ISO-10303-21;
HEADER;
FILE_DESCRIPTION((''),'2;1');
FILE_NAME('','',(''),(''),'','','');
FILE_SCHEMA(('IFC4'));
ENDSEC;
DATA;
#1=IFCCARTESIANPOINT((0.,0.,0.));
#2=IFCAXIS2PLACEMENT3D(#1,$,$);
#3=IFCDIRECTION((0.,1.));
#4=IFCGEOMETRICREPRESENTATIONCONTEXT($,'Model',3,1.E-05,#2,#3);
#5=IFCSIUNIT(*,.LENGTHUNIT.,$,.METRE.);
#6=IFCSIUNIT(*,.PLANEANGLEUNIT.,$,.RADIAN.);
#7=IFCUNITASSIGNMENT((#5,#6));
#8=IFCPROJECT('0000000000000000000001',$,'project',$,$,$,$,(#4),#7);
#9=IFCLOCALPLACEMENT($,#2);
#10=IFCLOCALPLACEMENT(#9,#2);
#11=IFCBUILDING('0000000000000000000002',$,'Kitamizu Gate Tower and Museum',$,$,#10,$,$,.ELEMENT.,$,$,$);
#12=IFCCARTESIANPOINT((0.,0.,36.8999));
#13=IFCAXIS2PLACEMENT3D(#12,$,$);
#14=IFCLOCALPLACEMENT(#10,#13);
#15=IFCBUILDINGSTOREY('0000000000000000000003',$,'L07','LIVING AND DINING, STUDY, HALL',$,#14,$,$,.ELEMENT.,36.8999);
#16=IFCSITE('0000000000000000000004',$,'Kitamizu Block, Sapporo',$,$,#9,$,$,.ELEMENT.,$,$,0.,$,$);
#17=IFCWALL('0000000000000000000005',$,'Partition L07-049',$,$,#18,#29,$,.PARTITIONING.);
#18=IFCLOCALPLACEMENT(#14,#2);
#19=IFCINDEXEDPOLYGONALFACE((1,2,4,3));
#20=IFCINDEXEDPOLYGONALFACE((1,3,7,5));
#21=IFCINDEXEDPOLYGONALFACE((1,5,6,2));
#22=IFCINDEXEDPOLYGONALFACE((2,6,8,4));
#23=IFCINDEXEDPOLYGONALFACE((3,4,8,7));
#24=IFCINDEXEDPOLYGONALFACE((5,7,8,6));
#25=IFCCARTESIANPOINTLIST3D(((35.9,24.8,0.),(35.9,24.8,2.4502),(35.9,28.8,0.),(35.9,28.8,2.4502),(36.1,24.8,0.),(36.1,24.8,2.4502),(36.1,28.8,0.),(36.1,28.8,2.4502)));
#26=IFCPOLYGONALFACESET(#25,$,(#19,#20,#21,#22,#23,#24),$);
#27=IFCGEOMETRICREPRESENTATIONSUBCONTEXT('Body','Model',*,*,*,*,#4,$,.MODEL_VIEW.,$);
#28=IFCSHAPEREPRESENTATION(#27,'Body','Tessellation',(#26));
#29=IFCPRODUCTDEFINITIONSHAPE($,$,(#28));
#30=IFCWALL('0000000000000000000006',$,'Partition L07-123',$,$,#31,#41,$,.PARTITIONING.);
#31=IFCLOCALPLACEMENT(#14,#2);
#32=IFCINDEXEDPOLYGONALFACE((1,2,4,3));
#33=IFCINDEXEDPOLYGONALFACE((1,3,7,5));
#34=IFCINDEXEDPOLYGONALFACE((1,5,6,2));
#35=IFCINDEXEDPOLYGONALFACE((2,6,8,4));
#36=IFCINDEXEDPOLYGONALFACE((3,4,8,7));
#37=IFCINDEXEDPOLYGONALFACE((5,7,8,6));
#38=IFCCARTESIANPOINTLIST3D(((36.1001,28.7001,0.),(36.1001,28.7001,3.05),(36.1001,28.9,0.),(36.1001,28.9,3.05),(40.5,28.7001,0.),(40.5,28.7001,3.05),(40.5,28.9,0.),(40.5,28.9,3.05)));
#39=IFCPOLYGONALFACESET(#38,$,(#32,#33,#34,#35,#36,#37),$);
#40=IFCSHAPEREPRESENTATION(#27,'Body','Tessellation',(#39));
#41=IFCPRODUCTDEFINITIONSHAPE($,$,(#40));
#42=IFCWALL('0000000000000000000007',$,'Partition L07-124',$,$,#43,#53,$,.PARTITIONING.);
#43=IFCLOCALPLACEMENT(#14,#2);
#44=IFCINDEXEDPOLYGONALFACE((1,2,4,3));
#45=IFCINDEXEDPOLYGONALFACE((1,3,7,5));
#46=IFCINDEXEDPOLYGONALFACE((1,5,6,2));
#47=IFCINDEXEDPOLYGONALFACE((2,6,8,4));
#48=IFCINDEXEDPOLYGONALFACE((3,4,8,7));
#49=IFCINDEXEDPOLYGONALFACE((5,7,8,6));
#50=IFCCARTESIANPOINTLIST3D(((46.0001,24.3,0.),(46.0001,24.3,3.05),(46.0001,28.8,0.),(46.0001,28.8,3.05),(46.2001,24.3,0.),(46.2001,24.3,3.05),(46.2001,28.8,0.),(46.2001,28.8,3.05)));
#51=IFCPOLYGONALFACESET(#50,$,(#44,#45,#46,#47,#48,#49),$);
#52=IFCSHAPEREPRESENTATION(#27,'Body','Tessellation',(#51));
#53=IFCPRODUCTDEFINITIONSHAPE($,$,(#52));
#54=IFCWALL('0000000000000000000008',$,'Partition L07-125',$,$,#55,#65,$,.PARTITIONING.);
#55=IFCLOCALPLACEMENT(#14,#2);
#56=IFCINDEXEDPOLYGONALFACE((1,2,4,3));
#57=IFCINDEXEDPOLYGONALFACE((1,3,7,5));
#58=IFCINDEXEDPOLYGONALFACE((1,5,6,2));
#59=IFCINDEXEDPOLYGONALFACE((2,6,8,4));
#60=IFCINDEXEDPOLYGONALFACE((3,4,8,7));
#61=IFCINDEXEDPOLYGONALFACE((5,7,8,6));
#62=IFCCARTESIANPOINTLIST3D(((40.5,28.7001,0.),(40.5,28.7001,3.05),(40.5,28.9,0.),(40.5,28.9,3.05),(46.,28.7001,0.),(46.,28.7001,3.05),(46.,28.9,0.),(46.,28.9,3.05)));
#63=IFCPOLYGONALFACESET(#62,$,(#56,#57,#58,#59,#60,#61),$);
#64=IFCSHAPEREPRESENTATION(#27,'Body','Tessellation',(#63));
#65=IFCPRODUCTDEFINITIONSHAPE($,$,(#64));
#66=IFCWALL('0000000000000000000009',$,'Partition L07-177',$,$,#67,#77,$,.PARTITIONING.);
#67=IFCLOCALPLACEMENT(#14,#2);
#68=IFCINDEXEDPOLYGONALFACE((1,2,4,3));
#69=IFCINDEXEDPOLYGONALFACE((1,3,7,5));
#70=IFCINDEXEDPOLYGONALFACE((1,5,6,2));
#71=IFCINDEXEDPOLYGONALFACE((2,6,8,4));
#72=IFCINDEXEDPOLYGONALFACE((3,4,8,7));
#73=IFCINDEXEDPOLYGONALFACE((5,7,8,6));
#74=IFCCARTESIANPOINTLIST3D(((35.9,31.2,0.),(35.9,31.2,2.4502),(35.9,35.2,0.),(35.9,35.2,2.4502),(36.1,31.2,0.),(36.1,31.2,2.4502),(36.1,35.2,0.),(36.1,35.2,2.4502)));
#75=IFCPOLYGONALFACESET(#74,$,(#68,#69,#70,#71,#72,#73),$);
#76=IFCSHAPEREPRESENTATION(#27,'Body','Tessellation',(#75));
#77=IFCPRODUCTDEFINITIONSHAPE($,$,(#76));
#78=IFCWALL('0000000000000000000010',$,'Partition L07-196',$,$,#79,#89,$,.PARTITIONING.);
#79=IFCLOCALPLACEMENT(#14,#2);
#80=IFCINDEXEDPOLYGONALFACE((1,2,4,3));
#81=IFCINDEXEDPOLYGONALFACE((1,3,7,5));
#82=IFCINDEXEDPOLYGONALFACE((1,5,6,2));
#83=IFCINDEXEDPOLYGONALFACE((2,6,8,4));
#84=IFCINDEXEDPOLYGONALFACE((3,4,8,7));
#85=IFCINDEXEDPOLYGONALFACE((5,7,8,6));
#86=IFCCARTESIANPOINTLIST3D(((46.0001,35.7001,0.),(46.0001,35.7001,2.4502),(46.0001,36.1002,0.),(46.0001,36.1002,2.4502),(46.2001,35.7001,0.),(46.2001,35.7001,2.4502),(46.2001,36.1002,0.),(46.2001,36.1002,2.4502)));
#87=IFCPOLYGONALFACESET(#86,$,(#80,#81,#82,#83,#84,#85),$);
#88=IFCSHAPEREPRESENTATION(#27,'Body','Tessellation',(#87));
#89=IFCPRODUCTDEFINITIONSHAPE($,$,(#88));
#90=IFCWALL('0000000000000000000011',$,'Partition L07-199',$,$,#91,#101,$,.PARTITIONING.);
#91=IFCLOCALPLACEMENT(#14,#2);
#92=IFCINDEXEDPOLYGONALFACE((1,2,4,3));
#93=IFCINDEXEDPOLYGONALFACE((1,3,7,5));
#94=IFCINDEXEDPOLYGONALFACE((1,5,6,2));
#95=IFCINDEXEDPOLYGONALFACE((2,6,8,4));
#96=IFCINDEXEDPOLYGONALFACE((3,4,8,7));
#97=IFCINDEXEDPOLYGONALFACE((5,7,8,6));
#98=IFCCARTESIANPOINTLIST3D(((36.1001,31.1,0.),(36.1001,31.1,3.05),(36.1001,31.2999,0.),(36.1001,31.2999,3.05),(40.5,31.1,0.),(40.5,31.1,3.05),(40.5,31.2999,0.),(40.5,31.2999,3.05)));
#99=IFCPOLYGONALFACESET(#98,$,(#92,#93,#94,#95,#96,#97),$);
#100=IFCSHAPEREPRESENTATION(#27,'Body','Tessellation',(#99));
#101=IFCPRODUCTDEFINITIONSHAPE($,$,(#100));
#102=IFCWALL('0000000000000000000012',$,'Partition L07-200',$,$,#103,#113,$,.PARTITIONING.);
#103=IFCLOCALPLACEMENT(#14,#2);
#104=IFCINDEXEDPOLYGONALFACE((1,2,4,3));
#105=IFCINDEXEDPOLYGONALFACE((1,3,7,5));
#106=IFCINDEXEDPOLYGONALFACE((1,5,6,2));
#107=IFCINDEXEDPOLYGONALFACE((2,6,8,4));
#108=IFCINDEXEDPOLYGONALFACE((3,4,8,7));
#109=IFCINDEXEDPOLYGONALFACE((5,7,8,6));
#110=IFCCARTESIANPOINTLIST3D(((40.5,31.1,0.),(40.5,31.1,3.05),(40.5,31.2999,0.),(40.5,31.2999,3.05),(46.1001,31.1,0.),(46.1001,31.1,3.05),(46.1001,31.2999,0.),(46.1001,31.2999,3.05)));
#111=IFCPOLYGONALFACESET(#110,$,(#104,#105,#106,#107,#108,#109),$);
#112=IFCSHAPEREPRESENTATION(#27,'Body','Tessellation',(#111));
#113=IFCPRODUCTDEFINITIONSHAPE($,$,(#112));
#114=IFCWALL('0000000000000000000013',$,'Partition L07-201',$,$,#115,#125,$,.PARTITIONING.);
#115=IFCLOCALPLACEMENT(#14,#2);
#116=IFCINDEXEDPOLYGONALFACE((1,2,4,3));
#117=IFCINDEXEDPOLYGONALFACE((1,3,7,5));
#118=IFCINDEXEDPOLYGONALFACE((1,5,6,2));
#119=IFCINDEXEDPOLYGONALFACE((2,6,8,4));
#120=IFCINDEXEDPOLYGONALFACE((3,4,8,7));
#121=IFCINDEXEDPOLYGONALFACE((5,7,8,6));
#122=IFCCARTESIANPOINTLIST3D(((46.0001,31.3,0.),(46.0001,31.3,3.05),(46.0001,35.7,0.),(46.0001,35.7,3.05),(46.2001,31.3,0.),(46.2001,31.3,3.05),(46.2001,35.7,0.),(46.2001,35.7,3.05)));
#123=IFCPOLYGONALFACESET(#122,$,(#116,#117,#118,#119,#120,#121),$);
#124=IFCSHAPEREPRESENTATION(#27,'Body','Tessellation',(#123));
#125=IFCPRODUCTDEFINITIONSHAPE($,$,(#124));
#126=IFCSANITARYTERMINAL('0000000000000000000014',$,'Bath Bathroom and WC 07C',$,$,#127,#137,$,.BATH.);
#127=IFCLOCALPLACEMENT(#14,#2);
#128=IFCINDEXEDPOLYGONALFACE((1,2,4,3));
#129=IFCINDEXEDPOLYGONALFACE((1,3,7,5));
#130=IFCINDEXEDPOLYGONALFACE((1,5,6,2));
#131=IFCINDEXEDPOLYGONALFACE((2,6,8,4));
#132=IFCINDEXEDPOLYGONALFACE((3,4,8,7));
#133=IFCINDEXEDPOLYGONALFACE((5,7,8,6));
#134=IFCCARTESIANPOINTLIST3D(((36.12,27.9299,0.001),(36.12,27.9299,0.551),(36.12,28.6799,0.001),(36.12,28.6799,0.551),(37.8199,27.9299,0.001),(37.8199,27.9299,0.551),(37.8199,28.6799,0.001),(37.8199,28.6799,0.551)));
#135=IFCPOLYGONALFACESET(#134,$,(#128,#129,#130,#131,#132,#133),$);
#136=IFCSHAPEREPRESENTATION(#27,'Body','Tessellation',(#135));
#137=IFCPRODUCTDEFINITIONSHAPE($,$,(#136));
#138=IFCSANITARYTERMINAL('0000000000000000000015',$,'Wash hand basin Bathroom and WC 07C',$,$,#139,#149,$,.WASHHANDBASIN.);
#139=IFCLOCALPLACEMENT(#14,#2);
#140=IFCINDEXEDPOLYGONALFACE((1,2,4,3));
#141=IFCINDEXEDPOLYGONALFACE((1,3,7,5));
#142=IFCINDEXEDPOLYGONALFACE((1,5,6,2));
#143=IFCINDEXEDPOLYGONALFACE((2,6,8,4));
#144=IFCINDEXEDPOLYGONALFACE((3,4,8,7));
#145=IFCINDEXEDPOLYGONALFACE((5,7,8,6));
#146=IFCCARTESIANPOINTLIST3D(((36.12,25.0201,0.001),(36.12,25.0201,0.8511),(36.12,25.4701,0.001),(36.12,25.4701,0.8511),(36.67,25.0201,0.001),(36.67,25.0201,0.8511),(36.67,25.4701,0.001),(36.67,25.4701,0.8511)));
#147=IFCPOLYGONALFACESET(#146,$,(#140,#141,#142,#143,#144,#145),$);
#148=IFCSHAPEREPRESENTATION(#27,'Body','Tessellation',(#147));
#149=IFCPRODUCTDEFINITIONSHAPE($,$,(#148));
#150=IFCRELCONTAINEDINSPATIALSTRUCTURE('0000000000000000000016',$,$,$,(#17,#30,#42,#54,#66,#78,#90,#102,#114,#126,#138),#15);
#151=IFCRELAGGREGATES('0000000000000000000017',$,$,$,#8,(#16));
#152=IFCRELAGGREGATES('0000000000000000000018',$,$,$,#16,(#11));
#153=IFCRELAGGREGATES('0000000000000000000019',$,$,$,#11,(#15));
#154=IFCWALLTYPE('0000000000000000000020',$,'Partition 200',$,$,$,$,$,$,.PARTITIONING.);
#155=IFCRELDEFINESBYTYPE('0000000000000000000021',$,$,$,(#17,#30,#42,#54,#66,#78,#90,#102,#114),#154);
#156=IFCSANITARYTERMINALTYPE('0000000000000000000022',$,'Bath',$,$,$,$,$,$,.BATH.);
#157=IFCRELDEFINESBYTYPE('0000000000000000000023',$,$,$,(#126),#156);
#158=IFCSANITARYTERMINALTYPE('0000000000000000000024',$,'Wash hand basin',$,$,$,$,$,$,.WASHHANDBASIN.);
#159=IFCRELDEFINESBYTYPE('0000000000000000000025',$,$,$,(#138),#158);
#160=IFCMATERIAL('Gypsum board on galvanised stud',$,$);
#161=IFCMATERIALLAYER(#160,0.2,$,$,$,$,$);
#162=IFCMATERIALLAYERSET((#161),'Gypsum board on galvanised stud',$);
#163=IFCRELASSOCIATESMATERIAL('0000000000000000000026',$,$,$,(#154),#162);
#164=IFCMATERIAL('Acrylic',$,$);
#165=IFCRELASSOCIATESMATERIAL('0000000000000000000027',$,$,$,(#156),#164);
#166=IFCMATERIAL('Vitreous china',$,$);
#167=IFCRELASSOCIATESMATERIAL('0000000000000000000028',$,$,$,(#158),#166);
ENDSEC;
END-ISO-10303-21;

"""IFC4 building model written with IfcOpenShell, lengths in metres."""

from ifc_helpers import new_model, si_unit, direction, frame, frame_2d, origin, origin_2d, place, context, subcontext, project, spatial, rectangle, extrude, material, layer, layer_set, type_object, element, save


model = new_model("IFC4")

# Units and contexts
model_context = context("Model", 3, precision=1e-05, world=origin(), true_north=direction((0.0, 1.0)))
body_context = subcontext(model_context, "Body", "Model", "MODEL_VIEW")
ifc_project = project(units=[si_unit("LENGTHUNIT", "METRE"), si_unit("PLANEANGLEUNIT", "RADIAN")], contexts=[model_context])

# Site, building, storey
site_placement = place(None, origin())
site = spatial("IfcSite", under=ifc_project, at=site_placement, Name="Kitamizu Block, Sapporo", CompositionType="ELEMENT", RefElevation=0.0)
building_placement = place(site_placement, origin())
building = spatial("IfcBuilding", under=site, at=building_placement, Name="Kitamizu Gate Tower and Museum", CompositionType="ELEMENT")
storey_placement = place(building_placement, frame((0.0, 0.0, 36.8999)))
storey = spatial("IfcBuildingStorey", under=building, at=storey_placement, Name="L07", Description="LIVING AND DINING, STUDY, HALL", CompositionType="ELEMENT", Elevation=36.8999)

# Walls
ifc_material_1 = material(Name="Gypsum board on galvanised stud")
ifc_layer_1 = layer(ifc_material_1, 0.2)
ifc_layer_set_1 = layer_set([ifc_layer_1], Name="Gypsum board on galvanised stud")
wall_type_1 = type_object("IfcWallType", Name="Partition 200", PredefinedType="PARTITIONING", material=ifc_layer_set_1)
wall_1_placement = place(storey_placement, frame((36.0, 24.8, 0.0), z_axis=(0.0, 0.0, 1.0), x_axis=(0.0, 1.0, 0.0)))
element("IfcWall", 1, at=wall_1_placement, inside=storey, type_object=wall_type_1, Name="Partition L07-049", PredefinedType="PARTITIONING", context=body_context, shape_type="SweptSolid", body=[
    extrude(rectangle(XDim=4.0, YDim=0.2, at=frame_2d((2.0, 0.0))), origin(), (0.0, 0.0, 1.0), 2.4502),
])
wall_2_placement = place(storey_placement, frame((40.5, 28.8, 0.0), z_axis=(0.0, 0.0, 1.0), x_axis=(-1.0, 0.0, 0.0)))
element("IfcWall", 2, at=wall_2_placement, inside=storey, type_object=wall_type_1, Name="Partition L07-123", PredefinedType="PARTITIONING", context=body_context, shape_type="SweptSolid", body=[
    extrude(rectangle(XDim=4.3999, YDim=0.2, at=frame_2d((2.2, 0.0))), origin(), (0.0, 0.0, 1.0), 3.05),
])
wall_3_placement = place(storey_placement, frame((46.1001, 24.3, 0.0), z_axis=(0.0, 0.0, 1.0), x_axis=(0.0, 1.0, 0.0)))
element("IfcWall", 3, at=wall_3_placement, inside=storey, type_object=wall_type_1, Name="Partition L07-124", PredefinedType="PARTITIONING", context=body_context, shape_type="SweptSolid", body=[
    extrude(rectangle(XDim=4.5, YDim=0.2, at=frame_2d((2.25, 0.0))), origin(), (0.0, 0.0, 1.0), 3.05),
])
wall_4_placement = place(storey_placement, frame((46.0, 28.8, 0.0), z_axis=(0.0, 0.0, 1.0), x_axis=(-1.0, 0.0, 0.0)))
element("IfcWall", 4, at=wall_4_placement, inside=storey, type_object=wall_type_1, Name="Partition L07-125", PredefinedType="PARTITIONING", context=body_context, shape_type="SweptSolid", body=[
    extrude(rectangle(XDim=5.5, YDim=0.2, at=frame_2d((2.75, 0.0))), origin(), (0.0, 0.0, 1.0), 3.05),
])
wall_5_placement = place(storey_placement, frame((36.0, 31.2, 0.0), z_axis=(0.0, 0.0, 1.0), x_axis=(0.0, 1.0, 0.0)))
element("IfcWall", 5, at=wall_5_placement, inside=storey, type_object=wall_type_1, Name="Partition L07-177", PredefinedType="PARTITIONING", context=body_context, shape_type="SweptSolid", body=[
    extrude(rectangle(XDim=4.0, YDim=0.2, at=frame_2d((2.0, 0.0))), origin(), (0.0, 0.0, 1.0), 2.4502),
])
wall_6_placement = place(storey_placement, frame((46.1001, 35.7, 0.0), z_axis=(0.0, 0.0, 1.0), x_axis=(0.0, 1.0, 0.0)))
element("IfcWall", 6, at=wall_6_placement, inside=storey, type_object=wall_type_1, Name="Partition L07-196", PredefinedType="PARTITIONING", context=body_context, shape_type="SweptSolid", body=[
    extrude(rectangle(XDim=0.4001, YDim=0.2, at=frame_2d((0.2002, 0.0))), origin(), (0.0, 0.0, 1.0), 2.4502),
])
wall_7_placement = place(storey_placement, frame((36.1001, 31.2, 0.0), z_axis=(0.0, 0.0, 1.0), x_axis=(1.0, 0.0, 0.0)))
element("IfcWall", 7, at=wall_7_placement, inside=storey, type_object=wall_type_1, Name="Partition L07-199", PredefinedType="PARTITIONING", context=body_context, shape_type="SweptSolid", body=[
    extrude(rectangle(XDim=4.3999, YDim=0.2, at=frame_2d((2.2, 0.0))), origin(), (0.0, 0.0, 1.0), 3.05),
])
wall_8_placement = place(storey_placement, frame((40.5, 31.2, 0.0), z_axis=(0.0, 0.0, 1.0), x_axis=(1.0, 0.0, 0.0)))
element("IfcWall", 8, at=wall_8_placement, inside=storey, type_object=wall_type_1, Name="Partition L07-200", PredefinedType="PARTITIONING", context=body_context, shape_type="SweptSolid", body=[
    extrude(rectangle(XDim=5.6001, YDim=0.2, at=frame_2d((2.8, 0.0))), origin(), (0.0, 0.0, 1.0), 3.05),
])
wall_9_placement = place(storey_placement, frame((46.1001, 31.3, 0.0), z_axis=(0.0, 0.0, 1.0), x_axis=(0.0, 1.0, 0.0)))
element("IfcWall", 9, at=wall_9_placement, inside=storey, type_object=wall_type_1, Name="Partition L07-201", PredefinedType="PARTITIONING", context=body_context, shape_type="SweptSolid", body=[
    extrude(rectangle(XDim=4.3999, YDim=0.2, at=frame_2d((2.2, 0.0))), origin(), (0.0, 0.0, 1.0), 3.05),
])

# Sanitary terminals
ifc_material_2 = material(Name="Acrylic")
sanitary_terminal_type_1 = type_object("IfcSanitaryTerminalType", Name="Bath", PredefinedType="BATH", material=ifc_material_2)
sanitary_terminal_1_placement = place(storey_placement, frame((36.97, 28.3049, 0.001), z_axis=(0.0, 0.0, 1.0), x_axis=(1.0, 0.0, 0.0)))
element("IfcSanitaryTerminal", 10, at=sanitary_terminal_1_placement, inside=storey, type_object=sanitary_terminal_type_1, Name="Bath Bathroom and WC 07C", PredefinedType="BATH", context=body_context, shape_type="SweptSolid", body=[
    extrude(rectangle(XDim=1.7, YDim=0.75, at=origin_2d()), origin(), (0.0, 0.0, 1.0), 0.55),
])
ifc_material_3 = material(Name="Vitreous china")
sanitary_terminal_type_2 = type_object("IfcSanitaryTerminalType", Name="Wash hand basin", PredefinedType="WASHHANDBASIN", material=ifc_material_3)
sanitary_terminal_2_placement = place(storey_placement, frame((36.395, 25.2451, 0.001), z_axis=(0.0, 0.0, 1.0), x_axis=(1.0, 0.0, 0.0)))
element("IfcSanitaryTerminal", 11, at=sanitary_terminal_2_placement, inside=storey, type_object=sanitary_terminal_type_2, Name="Wash hand basin Bathroom and WC 07C", PredefinedType="WASHHANDBASIN", context=body_context, shape_type="SweptSolid", body=[
    extrude(rectangle(XDim=0.55, YDim=0.45, at=origin_2d()), origin(), (0.0, 0.0, 1.0), 0.8501),
])

save(model, "model.ifc")
